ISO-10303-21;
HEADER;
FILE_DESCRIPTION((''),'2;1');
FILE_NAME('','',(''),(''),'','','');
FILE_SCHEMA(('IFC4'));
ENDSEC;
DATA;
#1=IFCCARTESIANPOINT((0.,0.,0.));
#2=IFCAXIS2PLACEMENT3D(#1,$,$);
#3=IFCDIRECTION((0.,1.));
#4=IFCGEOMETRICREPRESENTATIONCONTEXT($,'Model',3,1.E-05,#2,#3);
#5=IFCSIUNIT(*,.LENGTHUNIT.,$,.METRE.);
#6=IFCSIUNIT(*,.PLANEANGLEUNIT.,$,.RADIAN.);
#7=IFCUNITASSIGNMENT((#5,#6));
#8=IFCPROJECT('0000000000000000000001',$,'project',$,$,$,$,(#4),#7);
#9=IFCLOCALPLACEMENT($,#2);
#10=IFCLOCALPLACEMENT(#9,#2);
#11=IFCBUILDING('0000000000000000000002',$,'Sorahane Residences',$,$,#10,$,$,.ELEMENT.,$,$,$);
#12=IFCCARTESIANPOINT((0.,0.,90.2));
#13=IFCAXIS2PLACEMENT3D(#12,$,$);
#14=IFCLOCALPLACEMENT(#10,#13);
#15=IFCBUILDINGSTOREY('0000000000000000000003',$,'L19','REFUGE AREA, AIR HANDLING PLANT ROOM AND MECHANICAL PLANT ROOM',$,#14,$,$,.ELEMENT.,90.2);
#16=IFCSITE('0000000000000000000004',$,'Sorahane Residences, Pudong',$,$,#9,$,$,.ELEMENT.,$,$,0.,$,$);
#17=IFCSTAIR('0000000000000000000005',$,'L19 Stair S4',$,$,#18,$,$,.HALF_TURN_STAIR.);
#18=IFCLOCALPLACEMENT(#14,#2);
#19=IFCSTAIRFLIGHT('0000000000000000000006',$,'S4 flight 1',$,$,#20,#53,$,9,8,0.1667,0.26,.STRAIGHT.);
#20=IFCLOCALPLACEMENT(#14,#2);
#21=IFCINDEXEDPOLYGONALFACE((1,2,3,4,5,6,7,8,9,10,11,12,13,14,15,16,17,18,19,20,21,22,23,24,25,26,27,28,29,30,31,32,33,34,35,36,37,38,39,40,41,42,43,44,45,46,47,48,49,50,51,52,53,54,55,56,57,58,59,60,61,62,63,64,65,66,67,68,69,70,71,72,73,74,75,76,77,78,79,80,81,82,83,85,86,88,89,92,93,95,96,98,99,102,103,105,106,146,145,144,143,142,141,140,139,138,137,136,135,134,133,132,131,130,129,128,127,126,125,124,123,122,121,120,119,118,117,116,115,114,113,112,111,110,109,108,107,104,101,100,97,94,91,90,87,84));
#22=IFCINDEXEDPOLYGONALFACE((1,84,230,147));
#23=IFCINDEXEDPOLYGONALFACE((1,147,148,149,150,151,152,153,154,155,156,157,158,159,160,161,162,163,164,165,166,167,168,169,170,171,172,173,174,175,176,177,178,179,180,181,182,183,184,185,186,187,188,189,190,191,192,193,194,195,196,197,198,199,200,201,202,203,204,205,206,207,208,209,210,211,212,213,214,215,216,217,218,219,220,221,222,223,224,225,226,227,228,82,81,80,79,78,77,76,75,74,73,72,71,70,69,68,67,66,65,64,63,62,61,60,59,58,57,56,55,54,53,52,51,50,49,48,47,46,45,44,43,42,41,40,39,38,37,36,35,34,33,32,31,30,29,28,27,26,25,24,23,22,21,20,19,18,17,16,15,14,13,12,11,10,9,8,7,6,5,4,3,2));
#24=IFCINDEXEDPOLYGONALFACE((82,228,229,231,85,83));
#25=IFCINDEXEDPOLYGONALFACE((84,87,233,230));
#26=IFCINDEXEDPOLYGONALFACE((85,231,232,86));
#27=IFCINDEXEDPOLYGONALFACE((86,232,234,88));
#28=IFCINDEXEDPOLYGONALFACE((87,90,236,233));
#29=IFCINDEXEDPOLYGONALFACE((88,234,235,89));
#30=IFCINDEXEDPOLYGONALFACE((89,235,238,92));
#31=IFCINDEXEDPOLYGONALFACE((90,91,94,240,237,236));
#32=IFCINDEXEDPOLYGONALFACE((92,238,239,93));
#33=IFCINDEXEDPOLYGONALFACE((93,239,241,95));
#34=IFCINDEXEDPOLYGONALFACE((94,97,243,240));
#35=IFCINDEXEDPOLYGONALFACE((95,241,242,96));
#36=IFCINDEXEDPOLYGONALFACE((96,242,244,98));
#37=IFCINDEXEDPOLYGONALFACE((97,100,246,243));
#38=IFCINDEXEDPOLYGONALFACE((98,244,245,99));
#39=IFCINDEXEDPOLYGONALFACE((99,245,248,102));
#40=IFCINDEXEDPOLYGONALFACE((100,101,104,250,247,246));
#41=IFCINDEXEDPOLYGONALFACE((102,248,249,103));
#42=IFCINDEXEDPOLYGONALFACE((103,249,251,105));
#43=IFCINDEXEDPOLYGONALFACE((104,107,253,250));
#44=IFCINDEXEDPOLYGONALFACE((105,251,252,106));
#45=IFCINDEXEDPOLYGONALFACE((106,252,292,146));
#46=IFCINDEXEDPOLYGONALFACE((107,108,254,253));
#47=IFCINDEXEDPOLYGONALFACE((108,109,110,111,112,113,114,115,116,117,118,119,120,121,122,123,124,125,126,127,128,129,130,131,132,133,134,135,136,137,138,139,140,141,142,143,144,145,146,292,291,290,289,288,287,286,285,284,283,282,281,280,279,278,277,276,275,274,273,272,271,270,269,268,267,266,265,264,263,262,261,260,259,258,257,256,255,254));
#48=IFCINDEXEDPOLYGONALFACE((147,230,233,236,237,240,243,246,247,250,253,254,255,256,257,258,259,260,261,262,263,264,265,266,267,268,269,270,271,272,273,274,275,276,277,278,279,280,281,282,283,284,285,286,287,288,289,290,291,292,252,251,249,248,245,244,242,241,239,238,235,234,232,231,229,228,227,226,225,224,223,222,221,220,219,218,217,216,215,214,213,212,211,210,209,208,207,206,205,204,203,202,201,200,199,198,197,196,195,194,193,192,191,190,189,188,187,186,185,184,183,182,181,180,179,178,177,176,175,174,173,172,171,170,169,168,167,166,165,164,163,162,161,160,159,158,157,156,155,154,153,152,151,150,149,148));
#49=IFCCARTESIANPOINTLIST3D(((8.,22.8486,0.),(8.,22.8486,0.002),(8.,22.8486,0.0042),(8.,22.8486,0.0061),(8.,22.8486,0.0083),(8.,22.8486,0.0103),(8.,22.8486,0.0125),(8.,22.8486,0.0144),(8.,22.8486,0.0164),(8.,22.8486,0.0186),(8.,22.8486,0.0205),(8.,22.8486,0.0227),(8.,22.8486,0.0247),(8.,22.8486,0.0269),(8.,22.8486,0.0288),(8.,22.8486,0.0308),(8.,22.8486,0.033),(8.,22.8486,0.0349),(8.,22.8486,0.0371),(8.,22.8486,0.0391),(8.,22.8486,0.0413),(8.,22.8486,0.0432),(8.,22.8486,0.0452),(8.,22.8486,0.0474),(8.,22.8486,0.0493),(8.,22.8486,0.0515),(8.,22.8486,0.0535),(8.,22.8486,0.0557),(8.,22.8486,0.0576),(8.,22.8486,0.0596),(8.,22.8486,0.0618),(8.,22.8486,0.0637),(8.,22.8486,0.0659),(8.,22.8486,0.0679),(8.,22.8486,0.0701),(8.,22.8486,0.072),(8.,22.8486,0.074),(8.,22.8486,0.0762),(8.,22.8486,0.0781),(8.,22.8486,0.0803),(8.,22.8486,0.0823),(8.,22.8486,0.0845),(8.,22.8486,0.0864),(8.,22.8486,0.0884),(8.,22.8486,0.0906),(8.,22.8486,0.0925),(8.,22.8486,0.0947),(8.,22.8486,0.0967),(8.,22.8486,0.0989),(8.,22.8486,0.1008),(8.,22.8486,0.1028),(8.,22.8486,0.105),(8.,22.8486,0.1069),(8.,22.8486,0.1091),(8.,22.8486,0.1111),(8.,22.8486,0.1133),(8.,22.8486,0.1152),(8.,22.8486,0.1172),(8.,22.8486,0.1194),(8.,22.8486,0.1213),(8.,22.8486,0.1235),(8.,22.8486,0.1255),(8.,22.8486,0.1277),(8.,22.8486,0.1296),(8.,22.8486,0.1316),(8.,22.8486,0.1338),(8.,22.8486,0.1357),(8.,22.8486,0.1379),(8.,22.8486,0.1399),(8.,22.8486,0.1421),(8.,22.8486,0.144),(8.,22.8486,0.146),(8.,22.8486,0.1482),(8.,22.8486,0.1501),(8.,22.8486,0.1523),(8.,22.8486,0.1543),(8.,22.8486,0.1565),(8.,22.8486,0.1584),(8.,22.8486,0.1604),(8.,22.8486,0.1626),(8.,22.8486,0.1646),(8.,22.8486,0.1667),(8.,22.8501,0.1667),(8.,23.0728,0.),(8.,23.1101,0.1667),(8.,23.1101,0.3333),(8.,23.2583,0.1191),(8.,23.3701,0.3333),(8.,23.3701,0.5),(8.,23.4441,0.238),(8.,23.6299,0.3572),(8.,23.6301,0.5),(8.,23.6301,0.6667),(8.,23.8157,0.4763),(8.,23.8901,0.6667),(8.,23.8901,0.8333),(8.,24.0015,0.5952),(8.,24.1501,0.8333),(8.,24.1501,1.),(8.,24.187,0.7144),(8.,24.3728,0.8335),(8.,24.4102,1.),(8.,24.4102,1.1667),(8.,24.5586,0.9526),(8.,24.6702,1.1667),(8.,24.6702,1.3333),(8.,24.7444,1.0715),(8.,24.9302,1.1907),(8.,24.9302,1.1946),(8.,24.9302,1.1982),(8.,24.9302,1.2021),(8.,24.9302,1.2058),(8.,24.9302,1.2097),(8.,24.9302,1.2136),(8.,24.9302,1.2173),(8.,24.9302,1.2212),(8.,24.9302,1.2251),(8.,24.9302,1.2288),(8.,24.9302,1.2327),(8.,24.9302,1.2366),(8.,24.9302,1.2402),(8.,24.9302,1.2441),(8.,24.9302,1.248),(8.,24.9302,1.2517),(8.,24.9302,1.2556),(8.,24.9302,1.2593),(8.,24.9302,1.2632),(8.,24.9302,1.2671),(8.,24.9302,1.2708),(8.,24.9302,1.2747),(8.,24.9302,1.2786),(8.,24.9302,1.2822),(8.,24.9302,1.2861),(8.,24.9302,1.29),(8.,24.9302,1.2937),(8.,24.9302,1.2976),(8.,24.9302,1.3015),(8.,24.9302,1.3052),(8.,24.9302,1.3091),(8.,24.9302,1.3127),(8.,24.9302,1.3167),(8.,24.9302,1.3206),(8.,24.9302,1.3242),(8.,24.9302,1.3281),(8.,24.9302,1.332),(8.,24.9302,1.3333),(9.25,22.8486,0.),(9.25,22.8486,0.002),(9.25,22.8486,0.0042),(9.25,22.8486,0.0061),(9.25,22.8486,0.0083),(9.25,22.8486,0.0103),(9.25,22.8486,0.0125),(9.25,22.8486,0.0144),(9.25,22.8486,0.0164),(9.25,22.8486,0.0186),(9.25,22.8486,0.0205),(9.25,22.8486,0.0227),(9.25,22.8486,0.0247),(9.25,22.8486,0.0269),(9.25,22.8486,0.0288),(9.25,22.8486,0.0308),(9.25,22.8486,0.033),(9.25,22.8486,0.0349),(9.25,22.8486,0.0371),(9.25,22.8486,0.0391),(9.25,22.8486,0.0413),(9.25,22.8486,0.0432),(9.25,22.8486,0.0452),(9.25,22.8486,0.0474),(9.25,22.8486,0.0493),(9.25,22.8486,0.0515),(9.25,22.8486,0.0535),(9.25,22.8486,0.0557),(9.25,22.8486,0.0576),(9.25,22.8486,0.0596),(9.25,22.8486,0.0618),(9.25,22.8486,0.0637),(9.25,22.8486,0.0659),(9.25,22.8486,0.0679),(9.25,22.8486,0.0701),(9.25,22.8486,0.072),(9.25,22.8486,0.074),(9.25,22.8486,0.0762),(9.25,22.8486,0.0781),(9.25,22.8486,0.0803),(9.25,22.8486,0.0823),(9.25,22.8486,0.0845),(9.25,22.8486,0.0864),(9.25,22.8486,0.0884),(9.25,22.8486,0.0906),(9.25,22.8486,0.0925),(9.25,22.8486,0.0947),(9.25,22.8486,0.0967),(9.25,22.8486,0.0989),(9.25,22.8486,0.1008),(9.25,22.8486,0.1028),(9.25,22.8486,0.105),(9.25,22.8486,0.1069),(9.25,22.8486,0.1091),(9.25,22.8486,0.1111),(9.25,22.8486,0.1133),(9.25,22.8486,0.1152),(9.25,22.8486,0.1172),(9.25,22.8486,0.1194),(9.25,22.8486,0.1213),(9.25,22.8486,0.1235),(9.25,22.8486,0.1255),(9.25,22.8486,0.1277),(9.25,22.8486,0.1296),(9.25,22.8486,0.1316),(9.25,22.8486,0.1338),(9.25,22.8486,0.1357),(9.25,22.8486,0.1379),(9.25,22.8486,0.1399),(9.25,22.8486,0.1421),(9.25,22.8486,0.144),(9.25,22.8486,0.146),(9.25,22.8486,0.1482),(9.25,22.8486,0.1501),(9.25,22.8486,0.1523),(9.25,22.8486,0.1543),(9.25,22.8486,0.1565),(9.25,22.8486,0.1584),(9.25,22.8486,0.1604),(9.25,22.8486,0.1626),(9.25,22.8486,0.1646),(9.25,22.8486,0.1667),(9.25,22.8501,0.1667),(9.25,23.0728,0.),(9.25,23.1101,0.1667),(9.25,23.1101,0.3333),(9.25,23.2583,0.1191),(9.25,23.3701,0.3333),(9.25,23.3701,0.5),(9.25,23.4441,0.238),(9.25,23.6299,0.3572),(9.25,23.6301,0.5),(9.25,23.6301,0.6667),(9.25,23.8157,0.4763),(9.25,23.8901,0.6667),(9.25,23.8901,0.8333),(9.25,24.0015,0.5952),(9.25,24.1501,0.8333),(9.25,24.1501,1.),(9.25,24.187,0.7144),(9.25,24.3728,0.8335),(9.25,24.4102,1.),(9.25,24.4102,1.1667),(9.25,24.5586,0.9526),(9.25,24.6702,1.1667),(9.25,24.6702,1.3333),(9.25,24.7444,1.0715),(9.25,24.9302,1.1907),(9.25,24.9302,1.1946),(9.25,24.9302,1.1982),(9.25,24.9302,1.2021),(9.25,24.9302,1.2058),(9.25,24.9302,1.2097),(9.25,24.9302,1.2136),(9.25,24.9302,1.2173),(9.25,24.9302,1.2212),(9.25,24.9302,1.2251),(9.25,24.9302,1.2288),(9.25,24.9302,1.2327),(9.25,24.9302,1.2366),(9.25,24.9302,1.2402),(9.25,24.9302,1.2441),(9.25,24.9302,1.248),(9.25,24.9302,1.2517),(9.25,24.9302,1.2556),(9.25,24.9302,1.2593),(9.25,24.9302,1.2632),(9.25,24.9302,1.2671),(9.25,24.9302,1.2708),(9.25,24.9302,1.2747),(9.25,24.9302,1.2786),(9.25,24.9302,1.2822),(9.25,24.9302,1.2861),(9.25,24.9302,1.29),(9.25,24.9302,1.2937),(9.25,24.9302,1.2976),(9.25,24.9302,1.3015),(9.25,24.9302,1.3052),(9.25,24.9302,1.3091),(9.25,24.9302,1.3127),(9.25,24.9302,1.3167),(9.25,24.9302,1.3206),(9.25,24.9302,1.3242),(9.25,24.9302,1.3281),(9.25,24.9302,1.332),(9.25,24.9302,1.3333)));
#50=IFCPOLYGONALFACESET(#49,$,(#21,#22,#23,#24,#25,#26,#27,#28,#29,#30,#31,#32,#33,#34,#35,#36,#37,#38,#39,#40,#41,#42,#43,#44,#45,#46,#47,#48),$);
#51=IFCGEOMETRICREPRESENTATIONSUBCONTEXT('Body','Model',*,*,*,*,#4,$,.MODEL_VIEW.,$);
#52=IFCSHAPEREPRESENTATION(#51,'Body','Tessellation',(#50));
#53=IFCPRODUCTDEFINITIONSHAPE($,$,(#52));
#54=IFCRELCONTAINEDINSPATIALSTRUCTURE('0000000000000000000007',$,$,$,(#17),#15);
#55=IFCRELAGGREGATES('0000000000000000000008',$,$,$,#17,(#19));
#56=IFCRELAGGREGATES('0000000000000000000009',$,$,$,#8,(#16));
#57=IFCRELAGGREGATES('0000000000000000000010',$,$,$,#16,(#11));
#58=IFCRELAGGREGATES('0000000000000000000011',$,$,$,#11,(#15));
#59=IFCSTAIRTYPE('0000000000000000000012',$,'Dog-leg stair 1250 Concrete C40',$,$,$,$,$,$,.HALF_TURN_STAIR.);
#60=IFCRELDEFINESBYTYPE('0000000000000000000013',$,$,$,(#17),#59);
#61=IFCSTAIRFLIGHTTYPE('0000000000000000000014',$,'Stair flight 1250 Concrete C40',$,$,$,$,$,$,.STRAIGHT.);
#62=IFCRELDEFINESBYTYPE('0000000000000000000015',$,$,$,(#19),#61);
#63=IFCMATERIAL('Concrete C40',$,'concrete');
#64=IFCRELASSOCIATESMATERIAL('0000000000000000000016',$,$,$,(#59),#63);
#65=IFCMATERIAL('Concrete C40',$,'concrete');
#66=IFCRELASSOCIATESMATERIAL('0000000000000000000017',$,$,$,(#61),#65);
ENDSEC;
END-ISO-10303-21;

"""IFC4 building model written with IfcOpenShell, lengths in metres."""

from ifc_helpers import new_model, si_unit, direction, frame, origin, place, context, subcontext, project, spatial, polyline, outline, extrude, material, type_object, element, aggregate, save


model = new_model("IFC4")

# Units and contexts
model_context = context("Model", 3, precision=1e-05, world=origin(), true_north=direction((0.0, 1.0)))
body_context = subcontext(model_context, "Body", "Model", "MODEL_VIEW")
ifc_project = project(units=[si_unit("LENGTHUNIT", "METRE"), si_unit("PLANEANGLEUNIT", "RADIAN")], contexts=[model_context])

# Site, building, storey
site_placement = place(None, origin())
site = spatial("IfcSite", under=ifc_project, at=site_placement, Name="Sorahane Residences, Pudong", CompositionType="ELEMENT", RefElevation=0.0)
building_placement = place(site_placement, origin())
building = spatial("IfcBuilding", under=site, at=building_placement, Name="Sorahane Residences", CompositionType="ELEMENT")
storey_placement = place(building_placement, frame((0.0, 0.0, 90.2)))
storey = spatial("IfcBuildingStorey", under=building, at=storey_placement, Name="L19", Description="REFUGE AREA, AIR HANDLING PLANT ROOM AND MECHANICAL PLANT ROOM", CompositionType="ELEMENT", Elevation=90.2)

# Shared definitions
ifc_material_1 = material(Name="Concrete C40", Category="concrete")
stair_type = type_object("IfcStairType", Name="Dog-leg stair 1250 Concrete C40", PredefinedType="HALF_TURN_STAIR", material=ifc_material_1)
ifc_material_2 = material(Name="Concrete C40", Category="concrete")
stair_flight_type = type_object("IfcStairFlightType", Name="Stair flight 1250 Concrete C40", PredefinedType="STRAIGHT", material=ifc_material_2)

# Stair, stair flight
stair_1_placement = place(storey_placement, origin())
stair_1 = element("IfcStair", 1, at=stair_1_placement, inside=storey, type_object=stair_type, Name="L19 Stair S4", PredefinedType="HALF_TURN_STAIR")
stair_flight_1_placement = place(storey_placement, frame((8.625, 22.8501, 0.0), z_axis=(0.0, 0.0, 1.0), x_axis=(0.0, 1.0, 0.0)))
stair_flight_1 = element("IfcStairFlight", 2, at=stair_flight_1_placement, type_object=stair_flight_type, Name="S4 flight 1", NumberOfRisers=9, NumberOfTreads=8, PredefinedType="STRAIGHT", RiserHeight=0.1667, TreadLength=0.26, context=body_context, shape_type="SweptSolid", body=[
    extrude(outline(polyline([(-0.0015, 0.0), (-0.0015, 0.002), (-0.0015, 0.0042), (-0.0015, 0.0061), (-0.0015, 0.0083), (-0.0015, 0.0103), (-0.0015, 0.0125), (-0.0015, 0.0144), (-0.0015, 0.0164), (-0.0015, 0.0186), (-0.0015, 0.0205), (-0.0015, 0.0227), (-0.0015, 0.0247), (-0.0015, 0.0269), (-0.0015, 0.0288), (-0.0015, 0.0308), (-0.0015, 0.033), (-0.0015, 0.0349), (-0.0015, 0.0371), (-0.0015, 0.0391), (-0.0015, 0.0413), (-0.0015, 0.0432), (-0.0015, 0.0452), (-0.0015, 0.0474), (-0.0015, 0.0493), (-0.0015, 0.0515), (-0.0015, 0.0535), (-0.0015, 0.0557), (-0.0015, 0.0576), (-0.0015, 0.0596), (-0.0015, 0.0618), (-0.0015, 0.0637), (-0.0015, 0.0659), (-0.0015, 0.0679), (-0.0015, 0.0701), (-0.0015, 0.072), (-0.0015, 0.074), (-0.0015, 0.0762), (-0.0015, 0.0781), (-0.0015, 0.0803), (-0.0015, 0.0823), (-0.0015, 0.0845), (-0.0015, 0.0864), (-0.0015, 0.0884), (-0.0015, 0.0906), (-0.0015, 0.0925), (-0.0015, 0.0947), (-0.0015, 0.0967), (-0.0015, 0.0989), (-0.0015, 0.1008), (-0.0015, 0.1028), (-0.0015, 0.105), (-0.0015, 0.1069), (-0.0015, 0.1091), (-0.0015, 0.1111), (-0.0015, 0.1133), (-0.0015, 0.1152), (-0.0015, 0.1172), (-0.0015, 0.1194), (-0.0015, 0.1213), (-0.0015, 0.1235), (-0.0015, 0.1255), (-0.0015, 0.1277), (-0.0015, 0.1296), (-0.0015, 0.1316), (-0.0015, 0.1338), (-0.0015, 0.1357), (-0.0015, 0.1379), (-0.0015, 0.1399), (-0.0015, 0.1421), (-0.0015, 0.144), (-0.0015, 0.146), (-0.0015, 0.1482), (-0.0015, 0.1501), (-0.0015, 0.1523), (-0.0015, 0.1543), (-0.0015, 0.1565), (-0.0015, 0.1584), (-0.0015, 0.1604), (-0.0015, 0.1626), (-0.0015, 0.1646), (-0.0015, 0.1667), (0.0, 0.1667), (0.26, 0.1667), (0.26, 0.3333), (0.52, 0.3333), (0.52, 0.5), (0.78, 0.5), (0.78, 0.6667), (1.04, 0.6667), (1.04, 0.8333), (1.3, 0.8333), (1.3, 1.0), (1.5601, 1.0), (1.5601, 1.1667), (1.8201, 1.1667), (1.8201, 1.3333), (2.0801, 1.3333), (2.0801, 1.5), (2.0801, 1.4961), (2.0801, 1.4924), (2.0801, 1.4885), (2.0801, 1.4846), (2.0801, 1.481), (2.0801, 1.4771), (2.0801, 1.4731), (2.0801, 1.4695), (2.0801, 1.4656), (2.0801, 1.4619), (2.0801, 1.458), (2.0801, 1.4541), (2.0801, 1.4504), (2.0801, 1.4465), (2.0801, 1.4426), (2.0801, 1.439), (2.0801, 1.4351), (2.0801, 1.4312), (2.0801, 1.4275), (2.0801, 1.4236), (2.0801, 1.4197), (2.0801, 1.416), (2.0801, 1.4121), (2.0801, 1.4084), (2.0801, 1.4045), (2.0801, 1.4006), (2.0801, 1.397), (2.0801, 1.3931), (2.0801, 1.3892), (2.0801, 1.3855), (2.0801, 1.3816), (2.0801, 1.3777), (2.0801, 1.374), (2.0801, 1.3701), (2.0801, 1.3662), (2.0801, 1.3625), (2.0801, 1.3586), (2.0801, 1.355), (2.0801, 1.3511), (2.0801, 1.3472), (2.0801, 1.3435), (2.0801, 1.3396), (2.0801, 1.3357), (2.0801, 1.332), (2.0801, 1.3281), (2.0801, 1.3242), (2.0801, 1.3206), (2.0801, 1.3167), (2.0801, 1.3127), (2.0801, 1.3091), (2.0801, 1.3052), (2.0801, 1.3015), (2.0801, 1.2976), (2.0801, 1.2937), (2.0801, 1.29), (2.0801, 1.2861), (2.0801, 1.2822), (2.0801, 1.2786), (2.0801, 1.2747), (2.0801, 1.2708), (2.0801, 1.2671), (2.0801, 1.2632), (2.0801, 1.2593), (2.0801, 1.2556), (2.0801, 1.2517), (2.0801, 1.248), (2.0801, 1.2441), (2.0801, 1.2402), (2.0801, 1.2366), (2.0801, 1.2327), (2.0801, 1.2288), (2.0801, 1.2251), (2.0801, 1.2212), (2.0801, 1.2173), (2.0801, 1.2136), (2.0801, 1.2097), (2.0801, 1.2058), (2.0801, 1.2021), (2.0801, 1.1982), (2.0801, 1.1946), (2.0801, 1.1907), (1.8943, 1.0715), (1.7085, 0.9526), (1.5227, 0.8335), (1.3369, 0.7144), (1.1514, 0.5952), (0.9656, 0.4763), (0.7798, 0.3572), (0.594, 0.238), (0.4082, 0.1191), (0.2227, 0.0), (-0.0015, 0.0)])), frame((0.0, 0.625, 0.0), z_axis=(0.0, -1.0, 0.0), x_axis=(1.0, 0.0, 0.0)), (0.0, 0.0, 1.0), 1.25),
])
aggregate(stair_1, [stair_flight_1])

save(model, "model.ifc")
